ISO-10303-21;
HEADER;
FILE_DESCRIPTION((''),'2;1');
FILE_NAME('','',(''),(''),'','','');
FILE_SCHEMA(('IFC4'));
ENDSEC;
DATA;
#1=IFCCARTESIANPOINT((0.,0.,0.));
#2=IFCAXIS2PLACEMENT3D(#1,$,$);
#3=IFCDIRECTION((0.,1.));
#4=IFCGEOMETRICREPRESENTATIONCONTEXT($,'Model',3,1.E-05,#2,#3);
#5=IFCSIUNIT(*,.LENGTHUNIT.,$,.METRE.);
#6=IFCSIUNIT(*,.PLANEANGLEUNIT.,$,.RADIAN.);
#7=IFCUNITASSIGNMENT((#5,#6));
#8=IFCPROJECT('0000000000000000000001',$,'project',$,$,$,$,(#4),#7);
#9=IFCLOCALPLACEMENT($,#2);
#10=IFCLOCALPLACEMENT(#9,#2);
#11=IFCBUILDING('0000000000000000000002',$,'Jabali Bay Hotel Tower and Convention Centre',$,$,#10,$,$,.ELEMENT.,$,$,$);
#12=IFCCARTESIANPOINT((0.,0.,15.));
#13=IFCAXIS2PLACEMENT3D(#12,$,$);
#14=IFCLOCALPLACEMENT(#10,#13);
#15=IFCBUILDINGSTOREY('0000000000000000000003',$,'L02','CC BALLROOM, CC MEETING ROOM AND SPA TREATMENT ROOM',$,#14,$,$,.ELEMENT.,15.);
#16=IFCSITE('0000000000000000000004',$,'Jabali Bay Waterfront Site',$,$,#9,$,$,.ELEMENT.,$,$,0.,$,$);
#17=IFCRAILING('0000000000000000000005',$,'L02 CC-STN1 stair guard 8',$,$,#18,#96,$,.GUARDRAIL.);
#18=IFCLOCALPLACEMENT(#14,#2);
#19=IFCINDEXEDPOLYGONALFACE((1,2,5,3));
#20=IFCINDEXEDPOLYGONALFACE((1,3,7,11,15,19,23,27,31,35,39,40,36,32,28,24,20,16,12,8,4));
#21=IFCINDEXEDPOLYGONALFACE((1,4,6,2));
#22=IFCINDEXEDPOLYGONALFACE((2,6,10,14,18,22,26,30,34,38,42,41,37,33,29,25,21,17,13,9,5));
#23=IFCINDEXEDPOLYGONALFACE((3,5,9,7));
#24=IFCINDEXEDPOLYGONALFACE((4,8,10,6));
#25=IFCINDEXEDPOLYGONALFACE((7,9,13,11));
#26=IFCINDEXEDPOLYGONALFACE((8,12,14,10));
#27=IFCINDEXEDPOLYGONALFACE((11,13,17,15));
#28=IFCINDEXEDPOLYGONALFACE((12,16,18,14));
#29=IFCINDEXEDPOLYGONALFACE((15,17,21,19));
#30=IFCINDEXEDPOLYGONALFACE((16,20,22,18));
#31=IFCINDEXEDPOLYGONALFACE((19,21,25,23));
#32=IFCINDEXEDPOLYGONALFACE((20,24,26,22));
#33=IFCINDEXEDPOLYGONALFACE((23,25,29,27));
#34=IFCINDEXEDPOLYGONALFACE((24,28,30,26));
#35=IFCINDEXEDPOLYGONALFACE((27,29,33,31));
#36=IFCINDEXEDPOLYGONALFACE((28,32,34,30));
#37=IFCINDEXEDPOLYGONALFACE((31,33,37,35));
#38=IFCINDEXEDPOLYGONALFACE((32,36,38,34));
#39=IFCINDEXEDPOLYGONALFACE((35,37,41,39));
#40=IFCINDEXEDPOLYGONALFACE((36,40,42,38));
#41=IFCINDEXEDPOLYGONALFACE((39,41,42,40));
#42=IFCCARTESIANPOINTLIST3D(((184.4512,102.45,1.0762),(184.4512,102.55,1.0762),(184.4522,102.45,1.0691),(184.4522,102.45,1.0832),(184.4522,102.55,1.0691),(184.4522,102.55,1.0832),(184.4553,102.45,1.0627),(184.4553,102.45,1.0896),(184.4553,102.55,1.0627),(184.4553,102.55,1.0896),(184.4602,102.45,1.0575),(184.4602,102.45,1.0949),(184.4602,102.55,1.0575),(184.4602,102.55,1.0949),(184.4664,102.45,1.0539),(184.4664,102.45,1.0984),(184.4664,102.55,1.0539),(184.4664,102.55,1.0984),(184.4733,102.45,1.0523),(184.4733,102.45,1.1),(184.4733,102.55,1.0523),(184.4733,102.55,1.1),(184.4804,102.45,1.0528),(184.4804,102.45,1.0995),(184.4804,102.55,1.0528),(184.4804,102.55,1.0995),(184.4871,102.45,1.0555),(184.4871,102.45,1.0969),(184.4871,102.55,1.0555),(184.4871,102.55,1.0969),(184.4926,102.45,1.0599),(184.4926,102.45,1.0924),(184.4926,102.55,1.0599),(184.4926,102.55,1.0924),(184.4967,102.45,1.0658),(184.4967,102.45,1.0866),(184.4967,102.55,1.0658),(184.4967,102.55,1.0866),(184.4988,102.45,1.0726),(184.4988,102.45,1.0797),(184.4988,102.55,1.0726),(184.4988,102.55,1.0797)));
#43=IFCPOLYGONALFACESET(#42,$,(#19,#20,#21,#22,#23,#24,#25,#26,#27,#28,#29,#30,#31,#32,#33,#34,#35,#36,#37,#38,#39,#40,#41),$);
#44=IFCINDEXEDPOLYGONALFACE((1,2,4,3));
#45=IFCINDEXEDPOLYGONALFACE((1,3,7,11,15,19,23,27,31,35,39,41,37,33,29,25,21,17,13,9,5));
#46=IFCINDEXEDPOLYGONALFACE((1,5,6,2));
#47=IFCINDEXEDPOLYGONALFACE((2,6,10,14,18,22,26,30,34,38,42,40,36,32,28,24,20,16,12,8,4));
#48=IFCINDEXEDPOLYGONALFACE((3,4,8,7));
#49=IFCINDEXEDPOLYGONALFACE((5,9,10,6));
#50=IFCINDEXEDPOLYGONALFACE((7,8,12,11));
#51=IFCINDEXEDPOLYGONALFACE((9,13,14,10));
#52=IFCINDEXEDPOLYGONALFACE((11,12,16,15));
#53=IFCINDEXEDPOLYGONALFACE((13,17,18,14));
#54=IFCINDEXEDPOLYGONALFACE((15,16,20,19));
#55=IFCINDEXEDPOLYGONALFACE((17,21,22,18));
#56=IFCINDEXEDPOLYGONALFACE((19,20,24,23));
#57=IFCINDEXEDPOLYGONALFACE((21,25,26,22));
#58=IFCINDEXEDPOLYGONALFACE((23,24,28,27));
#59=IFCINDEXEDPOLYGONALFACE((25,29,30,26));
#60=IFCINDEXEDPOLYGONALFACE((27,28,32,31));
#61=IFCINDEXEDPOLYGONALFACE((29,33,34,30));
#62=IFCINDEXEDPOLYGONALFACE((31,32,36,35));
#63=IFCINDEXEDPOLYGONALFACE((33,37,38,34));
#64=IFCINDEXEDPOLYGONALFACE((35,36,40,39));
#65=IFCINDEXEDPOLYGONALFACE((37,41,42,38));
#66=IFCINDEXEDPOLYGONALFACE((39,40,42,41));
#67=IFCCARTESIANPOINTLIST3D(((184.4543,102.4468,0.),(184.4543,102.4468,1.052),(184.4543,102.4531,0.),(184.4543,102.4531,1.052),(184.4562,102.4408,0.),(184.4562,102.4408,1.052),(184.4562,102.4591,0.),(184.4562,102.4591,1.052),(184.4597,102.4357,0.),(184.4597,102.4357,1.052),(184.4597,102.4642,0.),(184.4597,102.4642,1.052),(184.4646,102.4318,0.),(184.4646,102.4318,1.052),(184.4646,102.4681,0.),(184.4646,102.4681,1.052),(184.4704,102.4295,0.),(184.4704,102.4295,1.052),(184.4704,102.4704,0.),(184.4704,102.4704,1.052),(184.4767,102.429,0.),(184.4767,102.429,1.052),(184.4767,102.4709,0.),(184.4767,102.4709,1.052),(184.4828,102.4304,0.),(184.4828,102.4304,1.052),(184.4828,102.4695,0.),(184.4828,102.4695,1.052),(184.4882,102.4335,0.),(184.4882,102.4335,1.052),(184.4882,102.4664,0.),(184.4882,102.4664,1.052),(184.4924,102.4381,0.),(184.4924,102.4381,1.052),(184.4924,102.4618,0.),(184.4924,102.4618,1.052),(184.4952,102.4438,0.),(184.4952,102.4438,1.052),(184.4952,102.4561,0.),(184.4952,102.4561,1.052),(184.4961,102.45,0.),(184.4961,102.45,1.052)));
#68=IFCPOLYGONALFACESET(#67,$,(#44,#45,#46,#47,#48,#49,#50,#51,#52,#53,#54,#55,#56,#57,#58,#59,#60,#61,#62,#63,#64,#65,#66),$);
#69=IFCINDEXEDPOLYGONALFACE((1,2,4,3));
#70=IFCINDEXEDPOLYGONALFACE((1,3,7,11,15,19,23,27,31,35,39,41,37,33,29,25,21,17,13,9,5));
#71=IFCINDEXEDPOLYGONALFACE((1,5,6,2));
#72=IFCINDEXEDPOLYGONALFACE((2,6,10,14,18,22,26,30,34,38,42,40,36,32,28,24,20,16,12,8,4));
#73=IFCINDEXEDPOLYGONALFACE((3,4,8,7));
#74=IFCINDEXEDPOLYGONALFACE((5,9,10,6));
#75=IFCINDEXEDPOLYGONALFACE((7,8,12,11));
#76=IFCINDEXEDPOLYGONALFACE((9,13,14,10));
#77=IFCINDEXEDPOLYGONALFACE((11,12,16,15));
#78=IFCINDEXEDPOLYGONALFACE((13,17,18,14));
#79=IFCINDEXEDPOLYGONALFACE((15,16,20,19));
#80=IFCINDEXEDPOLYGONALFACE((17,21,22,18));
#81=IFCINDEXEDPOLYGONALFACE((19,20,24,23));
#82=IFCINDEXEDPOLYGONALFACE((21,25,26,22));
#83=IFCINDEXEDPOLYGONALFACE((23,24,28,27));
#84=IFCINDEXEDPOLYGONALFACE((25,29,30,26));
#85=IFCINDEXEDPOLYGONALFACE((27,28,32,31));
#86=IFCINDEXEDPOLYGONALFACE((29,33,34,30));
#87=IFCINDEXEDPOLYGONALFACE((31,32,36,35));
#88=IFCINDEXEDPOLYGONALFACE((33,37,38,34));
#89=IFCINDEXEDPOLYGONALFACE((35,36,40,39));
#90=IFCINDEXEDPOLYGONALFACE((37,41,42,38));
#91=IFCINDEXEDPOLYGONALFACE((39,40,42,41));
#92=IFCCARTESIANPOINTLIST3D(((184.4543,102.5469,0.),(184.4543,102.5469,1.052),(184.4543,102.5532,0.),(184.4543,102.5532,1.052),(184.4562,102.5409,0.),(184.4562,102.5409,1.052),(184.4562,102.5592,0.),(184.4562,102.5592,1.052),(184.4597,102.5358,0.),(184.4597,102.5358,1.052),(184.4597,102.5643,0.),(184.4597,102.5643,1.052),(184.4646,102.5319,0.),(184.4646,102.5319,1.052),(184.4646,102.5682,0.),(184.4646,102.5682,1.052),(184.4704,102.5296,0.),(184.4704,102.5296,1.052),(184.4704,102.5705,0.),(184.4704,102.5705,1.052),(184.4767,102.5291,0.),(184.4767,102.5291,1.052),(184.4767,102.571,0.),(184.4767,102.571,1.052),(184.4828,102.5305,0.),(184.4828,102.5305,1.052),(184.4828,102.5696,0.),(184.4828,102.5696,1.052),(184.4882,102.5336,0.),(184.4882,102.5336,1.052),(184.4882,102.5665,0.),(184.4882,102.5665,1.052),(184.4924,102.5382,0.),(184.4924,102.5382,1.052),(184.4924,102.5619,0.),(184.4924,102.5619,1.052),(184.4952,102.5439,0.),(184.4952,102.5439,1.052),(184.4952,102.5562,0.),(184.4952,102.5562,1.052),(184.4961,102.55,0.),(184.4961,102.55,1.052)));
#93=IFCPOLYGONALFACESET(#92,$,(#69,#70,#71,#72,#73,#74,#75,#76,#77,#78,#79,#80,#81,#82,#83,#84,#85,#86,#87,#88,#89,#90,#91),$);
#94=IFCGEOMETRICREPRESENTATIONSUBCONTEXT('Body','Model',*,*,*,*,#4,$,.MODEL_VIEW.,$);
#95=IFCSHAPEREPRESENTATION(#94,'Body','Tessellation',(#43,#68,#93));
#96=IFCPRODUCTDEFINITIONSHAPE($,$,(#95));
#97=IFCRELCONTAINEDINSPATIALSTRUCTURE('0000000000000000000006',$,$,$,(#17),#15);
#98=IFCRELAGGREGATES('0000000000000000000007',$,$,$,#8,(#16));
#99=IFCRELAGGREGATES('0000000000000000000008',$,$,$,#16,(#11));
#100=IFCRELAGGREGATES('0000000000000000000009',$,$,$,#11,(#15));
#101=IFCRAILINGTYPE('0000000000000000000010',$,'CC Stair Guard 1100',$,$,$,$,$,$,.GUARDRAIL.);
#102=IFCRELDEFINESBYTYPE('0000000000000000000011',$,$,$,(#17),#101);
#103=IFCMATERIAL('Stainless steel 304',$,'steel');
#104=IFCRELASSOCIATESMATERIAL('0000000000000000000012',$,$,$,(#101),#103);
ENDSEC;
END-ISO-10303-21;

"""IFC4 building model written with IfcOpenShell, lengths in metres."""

from ifc_helpers import new_model, si_unit, direction, frame, origin, origin_2d, place, context, subcontext, project, spatial, circle, extrude, material, type_object, element, save


model = new_model("IFC4")

# Units and contexts
model_context = context("Model", 3, precision=1e-05, world=origin(), true_north=direction((0.0, 1.0)))
body_context = subcontext(model_context, "Body", "Model", "MODEL_VIEW")
ifc_project = project(units=[si_unit("LENGTHUNIT", "METRE"), si_unit("PLANEANGLEUNIT", "RADIAN")], contexts=[model_context])

# Site, building, storey
site_placement = place(None, origin())
site = spatial("IfcSite", under=ifc_project, at=site_placement, Name="Jabali Bay Waterfront Site", CompositionType="ELEMENT", RefElevation=0.0)
building_placement = place(site_placement, origin())
building = spatial("IfcBuilding", under=site, at=building_placement, Name="Jabali Bay Hotel Tower and Convention Centre", CompositionType="ELEMENT")
storey_placement = place(building_placement, frame((0.0, 0.0, 15.0)))
storey = spatial("IfcBuildingStorey", under=building, at=storey_placement, Name="L02", Description="CC BALLROOM, CC MEETING ROOM AND SPA TREATMENT ROOM", CompositionType="ELEMENT", Elevation=15.0)

# Railing
ifc_material_1 = material(Name="Stainless steel 304", Category="steel")
railing_type = type_object("IfcRailingType", Name="CC Stair Guard 1100", PredefinedType="GUARDRAIL", material=ifc_material_1)
railing_1_placement = place(storey_placement, frame((184.4751, 102.45, 0.0)))
element("IfcRailing", 1, at=railing_1_placement, inside=storey, type_object=railing_type, Name="L02 CC-STN1 stair guard 8", PredefinedType="GUARDRAIL", context=body_context, shape_type="SweptSolid", body=[
    extrude(circle(Radius=0.0239, at=origin_2d()), frame((0.0, 0.0, 1.0762), z_axis=(0.0, 1.0, 0.0), x_axis=(-1.0, 0.0, 0.0)), (0.0, 0.0, 1.0), 0.1001),
    extrude(circle(Radius=0.021, at=origin_2d()), origin(), (0.0, 0.0, 1.0), 1.052),
    extrude(circle(Radius=0.021, at=origin_2d()), frame((0.0, 0.1001, 0.0)), (0.0, 0.0, 1.0), 1.052),
])

save(model, "model.ifc")
